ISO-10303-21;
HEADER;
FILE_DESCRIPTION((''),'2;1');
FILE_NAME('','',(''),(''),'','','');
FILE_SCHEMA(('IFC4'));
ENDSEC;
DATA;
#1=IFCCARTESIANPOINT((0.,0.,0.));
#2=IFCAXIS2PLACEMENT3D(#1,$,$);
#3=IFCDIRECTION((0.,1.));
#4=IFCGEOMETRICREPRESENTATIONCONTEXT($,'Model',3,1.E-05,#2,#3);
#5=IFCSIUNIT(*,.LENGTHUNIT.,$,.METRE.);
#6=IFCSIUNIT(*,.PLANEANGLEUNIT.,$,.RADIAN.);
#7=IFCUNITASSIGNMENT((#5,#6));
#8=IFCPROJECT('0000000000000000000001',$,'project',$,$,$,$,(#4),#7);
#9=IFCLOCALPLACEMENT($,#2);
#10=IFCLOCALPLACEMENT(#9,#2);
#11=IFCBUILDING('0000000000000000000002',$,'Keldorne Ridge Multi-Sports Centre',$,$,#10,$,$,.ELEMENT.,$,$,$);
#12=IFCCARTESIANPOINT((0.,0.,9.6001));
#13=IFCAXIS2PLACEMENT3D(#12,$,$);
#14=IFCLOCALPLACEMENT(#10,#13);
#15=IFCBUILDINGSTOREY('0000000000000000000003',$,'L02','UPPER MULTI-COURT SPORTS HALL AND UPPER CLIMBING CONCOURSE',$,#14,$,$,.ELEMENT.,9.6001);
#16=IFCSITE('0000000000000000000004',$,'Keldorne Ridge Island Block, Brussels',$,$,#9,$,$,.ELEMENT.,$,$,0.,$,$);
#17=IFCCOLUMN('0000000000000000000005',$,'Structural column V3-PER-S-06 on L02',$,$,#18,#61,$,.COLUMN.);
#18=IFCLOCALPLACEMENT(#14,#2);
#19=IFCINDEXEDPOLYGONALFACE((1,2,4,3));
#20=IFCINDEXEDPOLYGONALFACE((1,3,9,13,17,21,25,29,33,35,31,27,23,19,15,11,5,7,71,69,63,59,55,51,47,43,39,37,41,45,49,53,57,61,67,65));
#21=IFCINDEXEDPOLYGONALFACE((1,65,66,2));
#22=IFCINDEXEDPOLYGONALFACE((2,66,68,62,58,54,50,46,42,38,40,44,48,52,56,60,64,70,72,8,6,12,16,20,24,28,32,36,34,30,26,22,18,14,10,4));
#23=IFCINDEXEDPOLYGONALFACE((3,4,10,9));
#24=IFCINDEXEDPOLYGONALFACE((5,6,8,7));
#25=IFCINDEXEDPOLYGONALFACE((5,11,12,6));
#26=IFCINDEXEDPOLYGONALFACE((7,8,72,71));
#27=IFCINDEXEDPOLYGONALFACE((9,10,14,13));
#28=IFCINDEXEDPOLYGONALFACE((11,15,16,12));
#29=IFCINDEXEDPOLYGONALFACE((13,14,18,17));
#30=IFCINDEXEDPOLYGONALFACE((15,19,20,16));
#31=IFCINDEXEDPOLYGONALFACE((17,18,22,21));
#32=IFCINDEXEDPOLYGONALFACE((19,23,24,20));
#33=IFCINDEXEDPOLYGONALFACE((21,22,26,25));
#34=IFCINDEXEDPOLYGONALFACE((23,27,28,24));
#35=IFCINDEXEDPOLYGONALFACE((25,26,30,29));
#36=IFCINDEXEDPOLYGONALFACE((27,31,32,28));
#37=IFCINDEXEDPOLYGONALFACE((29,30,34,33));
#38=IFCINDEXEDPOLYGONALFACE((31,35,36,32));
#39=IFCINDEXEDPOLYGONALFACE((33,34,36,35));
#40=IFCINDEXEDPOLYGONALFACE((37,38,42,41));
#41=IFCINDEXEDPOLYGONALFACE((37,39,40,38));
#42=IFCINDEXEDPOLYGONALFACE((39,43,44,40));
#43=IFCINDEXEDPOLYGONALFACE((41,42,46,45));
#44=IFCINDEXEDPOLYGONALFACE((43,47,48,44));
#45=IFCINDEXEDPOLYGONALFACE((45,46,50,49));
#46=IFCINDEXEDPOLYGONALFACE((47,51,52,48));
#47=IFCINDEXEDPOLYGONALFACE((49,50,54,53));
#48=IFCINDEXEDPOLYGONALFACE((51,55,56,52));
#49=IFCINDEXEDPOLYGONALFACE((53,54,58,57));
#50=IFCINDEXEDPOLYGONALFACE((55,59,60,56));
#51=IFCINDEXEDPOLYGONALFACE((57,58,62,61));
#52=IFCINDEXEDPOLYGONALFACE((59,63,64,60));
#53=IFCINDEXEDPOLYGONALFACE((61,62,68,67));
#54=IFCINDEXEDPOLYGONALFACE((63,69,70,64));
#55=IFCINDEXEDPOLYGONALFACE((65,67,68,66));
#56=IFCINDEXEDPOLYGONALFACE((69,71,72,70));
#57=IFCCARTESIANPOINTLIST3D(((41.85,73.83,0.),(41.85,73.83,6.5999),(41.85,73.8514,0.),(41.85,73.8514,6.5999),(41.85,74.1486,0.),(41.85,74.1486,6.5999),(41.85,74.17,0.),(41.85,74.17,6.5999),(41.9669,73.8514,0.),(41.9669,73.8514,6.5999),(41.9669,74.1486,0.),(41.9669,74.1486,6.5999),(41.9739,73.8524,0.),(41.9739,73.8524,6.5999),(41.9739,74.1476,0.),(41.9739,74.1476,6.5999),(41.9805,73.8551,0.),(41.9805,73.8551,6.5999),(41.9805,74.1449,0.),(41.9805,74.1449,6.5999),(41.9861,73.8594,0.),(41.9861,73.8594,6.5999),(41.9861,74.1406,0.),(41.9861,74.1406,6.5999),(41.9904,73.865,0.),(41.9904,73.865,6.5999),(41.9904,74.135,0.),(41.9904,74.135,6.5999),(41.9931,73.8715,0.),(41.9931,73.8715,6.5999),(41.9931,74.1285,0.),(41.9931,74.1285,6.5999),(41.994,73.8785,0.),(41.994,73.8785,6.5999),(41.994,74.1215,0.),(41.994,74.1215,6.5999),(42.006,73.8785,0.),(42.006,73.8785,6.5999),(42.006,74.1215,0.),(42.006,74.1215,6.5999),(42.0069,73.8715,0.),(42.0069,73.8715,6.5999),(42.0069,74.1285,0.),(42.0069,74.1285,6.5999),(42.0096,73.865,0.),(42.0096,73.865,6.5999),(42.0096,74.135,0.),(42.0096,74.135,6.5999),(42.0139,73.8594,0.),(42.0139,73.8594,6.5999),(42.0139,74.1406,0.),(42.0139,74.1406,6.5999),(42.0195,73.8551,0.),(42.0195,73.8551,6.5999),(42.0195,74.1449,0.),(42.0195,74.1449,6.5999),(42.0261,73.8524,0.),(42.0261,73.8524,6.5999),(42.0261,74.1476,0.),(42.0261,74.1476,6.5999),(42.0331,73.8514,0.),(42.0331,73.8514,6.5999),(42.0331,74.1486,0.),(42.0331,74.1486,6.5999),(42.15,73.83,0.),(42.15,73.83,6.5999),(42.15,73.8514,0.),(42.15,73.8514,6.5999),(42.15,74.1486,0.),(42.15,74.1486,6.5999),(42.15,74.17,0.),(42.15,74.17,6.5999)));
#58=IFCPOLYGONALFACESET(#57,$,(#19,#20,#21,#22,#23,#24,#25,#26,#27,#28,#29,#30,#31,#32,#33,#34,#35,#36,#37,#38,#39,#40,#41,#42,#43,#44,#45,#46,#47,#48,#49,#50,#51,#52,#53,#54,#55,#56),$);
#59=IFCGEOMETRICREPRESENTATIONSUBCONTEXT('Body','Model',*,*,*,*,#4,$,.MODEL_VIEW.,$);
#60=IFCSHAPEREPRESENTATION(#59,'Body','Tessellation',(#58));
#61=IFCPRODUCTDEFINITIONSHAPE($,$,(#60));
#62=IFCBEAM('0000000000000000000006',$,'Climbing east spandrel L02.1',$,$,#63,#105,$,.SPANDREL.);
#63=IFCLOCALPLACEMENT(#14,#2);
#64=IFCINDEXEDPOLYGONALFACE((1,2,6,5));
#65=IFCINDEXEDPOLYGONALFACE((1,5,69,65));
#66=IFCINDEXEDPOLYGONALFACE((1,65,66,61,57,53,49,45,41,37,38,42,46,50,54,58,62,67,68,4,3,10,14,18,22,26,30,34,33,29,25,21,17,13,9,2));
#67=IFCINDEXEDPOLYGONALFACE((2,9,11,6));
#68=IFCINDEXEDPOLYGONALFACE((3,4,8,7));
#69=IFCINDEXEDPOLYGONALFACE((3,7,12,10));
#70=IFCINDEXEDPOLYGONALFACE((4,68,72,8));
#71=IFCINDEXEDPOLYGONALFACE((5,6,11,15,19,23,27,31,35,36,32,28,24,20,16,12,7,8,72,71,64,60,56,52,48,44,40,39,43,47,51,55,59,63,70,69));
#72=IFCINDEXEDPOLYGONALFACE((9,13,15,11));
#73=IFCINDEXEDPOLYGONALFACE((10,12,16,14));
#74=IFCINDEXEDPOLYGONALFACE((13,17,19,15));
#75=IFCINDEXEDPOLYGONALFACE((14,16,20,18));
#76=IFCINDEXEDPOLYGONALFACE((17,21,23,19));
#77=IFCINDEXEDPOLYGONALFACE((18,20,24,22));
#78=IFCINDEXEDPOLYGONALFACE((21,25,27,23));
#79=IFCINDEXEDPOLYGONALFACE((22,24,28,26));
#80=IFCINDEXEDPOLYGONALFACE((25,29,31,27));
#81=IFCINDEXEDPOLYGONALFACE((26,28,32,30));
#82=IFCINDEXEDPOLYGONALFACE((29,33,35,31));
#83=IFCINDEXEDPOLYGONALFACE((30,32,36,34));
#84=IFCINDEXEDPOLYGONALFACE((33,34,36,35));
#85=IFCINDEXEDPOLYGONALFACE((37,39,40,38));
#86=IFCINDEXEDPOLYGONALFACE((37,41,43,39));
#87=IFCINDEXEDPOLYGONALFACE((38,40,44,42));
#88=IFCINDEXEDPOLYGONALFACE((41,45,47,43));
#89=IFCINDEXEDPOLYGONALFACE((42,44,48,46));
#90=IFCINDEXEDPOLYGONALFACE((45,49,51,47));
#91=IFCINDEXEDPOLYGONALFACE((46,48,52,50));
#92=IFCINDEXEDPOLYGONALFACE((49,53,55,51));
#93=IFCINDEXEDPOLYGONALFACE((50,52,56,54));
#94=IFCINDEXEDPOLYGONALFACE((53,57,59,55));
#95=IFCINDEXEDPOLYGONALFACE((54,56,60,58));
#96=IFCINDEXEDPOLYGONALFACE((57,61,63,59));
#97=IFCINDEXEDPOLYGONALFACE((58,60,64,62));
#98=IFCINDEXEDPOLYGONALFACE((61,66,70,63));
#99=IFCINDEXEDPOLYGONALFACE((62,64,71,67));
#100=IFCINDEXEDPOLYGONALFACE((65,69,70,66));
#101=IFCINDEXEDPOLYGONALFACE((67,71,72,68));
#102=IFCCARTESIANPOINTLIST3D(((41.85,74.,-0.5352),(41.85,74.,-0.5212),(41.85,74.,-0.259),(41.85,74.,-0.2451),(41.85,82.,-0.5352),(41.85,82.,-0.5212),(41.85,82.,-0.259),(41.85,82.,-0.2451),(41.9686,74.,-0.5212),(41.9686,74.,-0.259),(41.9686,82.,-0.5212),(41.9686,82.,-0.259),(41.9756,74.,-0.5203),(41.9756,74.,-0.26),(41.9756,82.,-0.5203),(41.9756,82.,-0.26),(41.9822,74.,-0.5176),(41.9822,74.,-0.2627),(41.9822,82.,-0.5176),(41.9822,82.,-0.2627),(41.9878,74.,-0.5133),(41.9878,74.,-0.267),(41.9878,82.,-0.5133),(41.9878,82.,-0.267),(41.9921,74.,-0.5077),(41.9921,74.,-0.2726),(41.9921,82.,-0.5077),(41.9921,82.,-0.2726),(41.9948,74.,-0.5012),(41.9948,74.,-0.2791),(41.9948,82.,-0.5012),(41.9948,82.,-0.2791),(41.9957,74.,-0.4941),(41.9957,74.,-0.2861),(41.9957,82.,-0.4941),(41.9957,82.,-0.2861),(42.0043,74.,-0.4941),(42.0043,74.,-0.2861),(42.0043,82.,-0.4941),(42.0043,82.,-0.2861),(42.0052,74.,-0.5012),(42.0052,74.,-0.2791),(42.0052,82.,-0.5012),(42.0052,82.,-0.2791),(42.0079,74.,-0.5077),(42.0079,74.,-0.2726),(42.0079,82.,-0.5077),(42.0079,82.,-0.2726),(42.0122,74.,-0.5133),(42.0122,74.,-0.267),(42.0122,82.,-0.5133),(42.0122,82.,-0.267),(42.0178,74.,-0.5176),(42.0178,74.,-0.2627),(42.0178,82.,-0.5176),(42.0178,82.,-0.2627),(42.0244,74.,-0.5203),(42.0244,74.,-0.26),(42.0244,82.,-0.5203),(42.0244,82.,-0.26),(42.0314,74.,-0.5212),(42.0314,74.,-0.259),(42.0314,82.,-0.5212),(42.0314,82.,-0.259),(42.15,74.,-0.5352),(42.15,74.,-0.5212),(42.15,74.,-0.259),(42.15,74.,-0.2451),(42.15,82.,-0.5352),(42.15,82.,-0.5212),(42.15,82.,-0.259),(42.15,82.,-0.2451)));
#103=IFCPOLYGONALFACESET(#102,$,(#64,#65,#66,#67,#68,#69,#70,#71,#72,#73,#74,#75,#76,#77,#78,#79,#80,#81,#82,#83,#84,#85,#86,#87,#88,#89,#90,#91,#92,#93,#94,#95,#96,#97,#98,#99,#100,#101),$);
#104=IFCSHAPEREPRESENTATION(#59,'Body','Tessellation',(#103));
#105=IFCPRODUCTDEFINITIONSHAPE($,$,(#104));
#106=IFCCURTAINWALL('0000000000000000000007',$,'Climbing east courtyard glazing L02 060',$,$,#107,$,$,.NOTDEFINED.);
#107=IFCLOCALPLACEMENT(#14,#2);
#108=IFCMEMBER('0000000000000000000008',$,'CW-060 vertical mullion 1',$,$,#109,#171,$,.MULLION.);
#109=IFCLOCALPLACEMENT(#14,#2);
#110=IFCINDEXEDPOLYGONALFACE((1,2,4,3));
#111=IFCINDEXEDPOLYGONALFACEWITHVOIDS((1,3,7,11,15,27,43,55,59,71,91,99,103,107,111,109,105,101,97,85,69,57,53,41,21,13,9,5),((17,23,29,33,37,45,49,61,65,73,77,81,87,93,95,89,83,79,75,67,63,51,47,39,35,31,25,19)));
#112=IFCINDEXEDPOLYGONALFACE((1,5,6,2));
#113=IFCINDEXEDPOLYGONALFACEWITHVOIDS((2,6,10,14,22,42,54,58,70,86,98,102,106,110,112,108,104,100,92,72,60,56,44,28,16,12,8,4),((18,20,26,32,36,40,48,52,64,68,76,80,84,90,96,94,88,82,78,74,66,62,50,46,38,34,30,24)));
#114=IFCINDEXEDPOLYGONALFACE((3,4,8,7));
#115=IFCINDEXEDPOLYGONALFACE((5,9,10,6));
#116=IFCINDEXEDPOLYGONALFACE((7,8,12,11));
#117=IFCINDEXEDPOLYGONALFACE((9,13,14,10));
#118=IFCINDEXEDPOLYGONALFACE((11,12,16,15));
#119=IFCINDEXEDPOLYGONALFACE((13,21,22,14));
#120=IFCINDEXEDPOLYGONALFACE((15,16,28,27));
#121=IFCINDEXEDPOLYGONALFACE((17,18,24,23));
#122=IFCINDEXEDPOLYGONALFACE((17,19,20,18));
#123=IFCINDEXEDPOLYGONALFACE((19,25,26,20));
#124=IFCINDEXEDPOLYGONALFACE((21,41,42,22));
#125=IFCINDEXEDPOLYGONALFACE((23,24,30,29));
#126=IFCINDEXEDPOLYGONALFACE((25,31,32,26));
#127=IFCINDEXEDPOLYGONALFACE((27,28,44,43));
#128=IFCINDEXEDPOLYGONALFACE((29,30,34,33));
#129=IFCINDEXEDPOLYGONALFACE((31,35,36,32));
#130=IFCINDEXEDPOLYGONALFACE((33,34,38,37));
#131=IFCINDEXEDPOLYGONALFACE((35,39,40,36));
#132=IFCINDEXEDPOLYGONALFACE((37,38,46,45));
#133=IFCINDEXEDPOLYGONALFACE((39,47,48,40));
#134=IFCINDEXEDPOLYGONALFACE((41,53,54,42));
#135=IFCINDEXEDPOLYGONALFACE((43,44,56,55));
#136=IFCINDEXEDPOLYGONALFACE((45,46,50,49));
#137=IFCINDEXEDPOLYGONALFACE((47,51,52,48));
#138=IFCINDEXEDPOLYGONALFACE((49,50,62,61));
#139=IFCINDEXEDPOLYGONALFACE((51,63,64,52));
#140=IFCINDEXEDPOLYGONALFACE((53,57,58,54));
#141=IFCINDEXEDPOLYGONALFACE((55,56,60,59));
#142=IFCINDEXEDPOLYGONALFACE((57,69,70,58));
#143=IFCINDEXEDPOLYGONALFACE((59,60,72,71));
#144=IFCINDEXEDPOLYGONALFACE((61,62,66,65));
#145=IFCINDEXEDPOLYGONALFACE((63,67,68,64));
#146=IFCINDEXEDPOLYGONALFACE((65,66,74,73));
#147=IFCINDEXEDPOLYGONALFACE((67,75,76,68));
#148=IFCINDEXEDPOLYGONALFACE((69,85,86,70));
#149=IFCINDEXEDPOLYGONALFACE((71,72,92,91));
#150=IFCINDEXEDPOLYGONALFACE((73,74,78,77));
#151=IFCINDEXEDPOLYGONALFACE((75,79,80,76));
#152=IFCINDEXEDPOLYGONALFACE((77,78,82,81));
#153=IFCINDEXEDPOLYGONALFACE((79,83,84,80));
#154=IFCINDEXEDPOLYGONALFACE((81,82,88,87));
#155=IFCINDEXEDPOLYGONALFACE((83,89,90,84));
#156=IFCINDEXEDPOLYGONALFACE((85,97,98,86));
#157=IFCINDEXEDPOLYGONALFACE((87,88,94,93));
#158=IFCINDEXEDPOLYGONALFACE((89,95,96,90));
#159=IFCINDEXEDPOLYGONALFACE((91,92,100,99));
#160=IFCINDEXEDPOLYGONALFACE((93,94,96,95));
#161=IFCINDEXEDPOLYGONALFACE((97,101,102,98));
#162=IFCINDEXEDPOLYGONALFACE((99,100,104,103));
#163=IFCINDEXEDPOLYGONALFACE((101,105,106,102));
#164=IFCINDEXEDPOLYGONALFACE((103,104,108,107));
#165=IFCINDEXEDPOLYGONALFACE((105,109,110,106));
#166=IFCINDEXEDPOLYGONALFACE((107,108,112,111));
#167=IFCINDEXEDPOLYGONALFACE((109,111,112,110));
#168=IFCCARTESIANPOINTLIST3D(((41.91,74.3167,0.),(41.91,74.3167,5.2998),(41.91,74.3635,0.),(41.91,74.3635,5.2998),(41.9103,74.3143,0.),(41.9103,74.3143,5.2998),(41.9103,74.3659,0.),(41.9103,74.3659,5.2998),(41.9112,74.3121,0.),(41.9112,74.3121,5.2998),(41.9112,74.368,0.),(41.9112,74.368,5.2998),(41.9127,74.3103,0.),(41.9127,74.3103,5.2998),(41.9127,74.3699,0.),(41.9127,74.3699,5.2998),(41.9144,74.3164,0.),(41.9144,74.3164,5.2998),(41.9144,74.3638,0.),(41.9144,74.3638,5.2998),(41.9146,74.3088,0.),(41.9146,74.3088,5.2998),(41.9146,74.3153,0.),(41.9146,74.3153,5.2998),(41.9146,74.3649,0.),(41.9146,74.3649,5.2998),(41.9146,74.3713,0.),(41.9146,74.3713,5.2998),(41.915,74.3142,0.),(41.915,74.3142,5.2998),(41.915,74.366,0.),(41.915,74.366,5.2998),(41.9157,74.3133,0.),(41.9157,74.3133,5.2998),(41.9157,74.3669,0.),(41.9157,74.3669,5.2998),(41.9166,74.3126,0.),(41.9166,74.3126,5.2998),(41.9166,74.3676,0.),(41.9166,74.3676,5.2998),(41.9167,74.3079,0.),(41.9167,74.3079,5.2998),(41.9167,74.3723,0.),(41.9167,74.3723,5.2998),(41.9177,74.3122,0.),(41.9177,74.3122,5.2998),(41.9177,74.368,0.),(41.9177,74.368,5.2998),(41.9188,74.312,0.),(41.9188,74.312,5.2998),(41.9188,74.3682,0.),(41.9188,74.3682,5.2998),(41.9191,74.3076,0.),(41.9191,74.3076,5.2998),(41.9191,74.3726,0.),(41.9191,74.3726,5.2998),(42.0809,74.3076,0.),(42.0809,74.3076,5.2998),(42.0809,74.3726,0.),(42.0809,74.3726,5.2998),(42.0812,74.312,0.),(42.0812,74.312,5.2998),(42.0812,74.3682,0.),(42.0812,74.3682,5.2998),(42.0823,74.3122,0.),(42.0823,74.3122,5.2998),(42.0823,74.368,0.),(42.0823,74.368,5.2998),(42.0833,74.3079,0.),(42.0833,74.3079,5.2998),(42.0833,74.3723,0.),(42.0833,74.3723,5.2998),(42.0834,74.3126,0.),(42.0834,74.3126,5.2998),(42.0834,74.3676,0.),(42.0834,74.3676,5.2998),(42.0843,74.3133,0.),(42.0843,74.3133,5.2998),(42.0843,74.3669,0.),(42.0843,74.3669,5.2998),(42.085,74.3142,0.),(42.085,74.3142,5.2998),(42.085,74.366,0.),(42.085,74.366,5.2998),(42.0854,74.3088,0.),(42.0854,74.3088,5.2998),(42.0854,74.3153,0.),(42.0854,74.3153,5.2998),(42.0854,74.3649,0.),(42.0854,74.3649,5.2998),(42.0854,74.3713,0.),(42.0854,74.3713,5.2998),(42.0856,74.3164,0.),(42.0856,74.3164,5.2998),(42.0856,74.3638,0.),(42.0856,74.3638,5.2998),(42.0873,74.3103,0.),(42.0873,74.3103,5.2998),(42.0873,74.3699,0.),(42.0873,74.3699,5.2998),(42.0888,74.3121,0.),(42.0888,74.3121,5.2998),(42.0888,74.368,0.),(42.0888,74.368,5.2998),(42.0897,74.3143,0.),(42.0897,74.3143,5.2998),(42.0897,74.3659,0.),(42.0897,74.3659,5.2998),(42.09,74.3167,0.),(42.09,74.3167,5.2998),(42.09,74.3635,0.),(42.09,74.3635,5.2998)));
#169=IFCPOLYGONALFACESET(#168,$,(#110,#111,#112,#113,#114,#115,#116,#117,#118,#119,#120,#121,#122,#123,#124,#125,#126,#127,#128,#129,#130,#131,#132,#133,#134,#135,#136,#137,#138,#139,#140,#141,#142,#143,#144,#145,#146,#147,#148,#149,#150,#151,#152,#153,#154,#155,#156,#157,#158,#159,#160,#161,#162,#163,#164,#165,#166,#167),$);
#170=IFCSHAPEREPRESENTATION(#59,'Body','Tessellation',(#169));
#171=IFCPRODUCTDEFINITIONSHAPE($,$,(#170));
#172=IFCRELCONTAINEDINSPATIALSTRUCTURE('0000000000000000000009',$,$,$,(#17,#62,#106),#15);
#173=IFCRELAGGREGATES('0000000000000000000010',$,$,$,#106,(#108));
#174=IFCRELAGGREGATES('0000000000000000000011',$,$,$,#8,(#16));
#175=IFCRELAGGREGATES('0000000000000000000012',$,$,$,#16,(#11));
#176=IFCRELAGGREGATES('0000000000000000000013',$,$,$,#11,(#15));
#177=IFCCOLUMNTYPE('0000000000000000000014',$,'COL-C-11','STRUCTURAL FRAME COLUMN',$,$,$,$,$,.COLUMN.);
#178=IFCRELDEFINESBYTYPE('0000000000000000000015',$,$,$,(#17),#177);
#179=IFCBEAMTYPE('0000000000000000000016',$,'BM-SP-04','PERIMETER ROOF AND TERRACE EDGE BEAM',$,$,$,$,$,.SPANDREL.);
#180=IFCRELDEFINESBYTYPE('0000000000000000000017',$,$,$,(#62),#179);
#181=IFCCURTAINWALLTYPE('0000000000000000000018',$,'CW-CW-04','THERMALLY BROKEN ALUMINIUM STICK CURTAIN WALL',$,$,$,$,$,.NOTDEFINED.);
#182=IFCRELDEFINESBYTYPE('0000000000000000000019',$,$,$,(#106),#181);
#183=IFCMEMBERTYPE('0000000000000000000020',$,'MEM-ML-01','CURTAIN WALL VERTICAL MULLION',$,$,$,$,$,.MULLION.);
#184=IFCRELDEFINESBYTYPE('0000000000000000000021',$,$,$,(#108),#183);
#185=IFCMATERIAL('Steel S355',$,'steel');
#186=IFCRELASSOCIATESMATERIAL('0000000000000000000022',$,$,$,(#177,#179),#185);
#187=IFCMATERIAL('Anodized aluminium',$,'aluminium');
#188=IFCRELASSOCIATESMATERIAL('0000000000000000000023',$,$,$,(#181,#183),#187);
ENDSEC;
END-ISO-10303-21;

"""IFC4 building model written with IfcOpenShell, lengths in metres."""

from ifc_helpers import new_model, si_unit, direction, frame, origin, origin_2d, place, context, subcontext, project, spatial, hollow_rectangle, i_section, extrude, material, material_profile, profile_set, type_object, element, aggregate, save


model = new_model("IFC4")

# Units and contexts
model_context = context("Model", 3, precision=1e-05, world=origin(), true_north=direction((0.0, 1.0)))
body_context = subcontext(model_context, "Body", "Model", "MODEL_VIEW")
ifc_project = project(units=[si_unit("LENGTHUNIT", "METRE"), si_unit("PLANEANGLEUNIT", "RADIAN")], contexts=[model_context])

# Site, building, storey
site_placement = place(None, origin())
site = spatial("IfcSite", under=ifc_project, at=site_placement, Name="Keldorne Ridge Island Block, Brussels", CompositionType="ELEMENT", RefElevation=0.0)
building_placement = place(site_placement, origin())
building = spatial("IfcBuilding", under=site, at=building_placement, Name="Keldorne Ridge Multi-Sports Centre", CompositionType="ELEMENT")
storey_placement = place(building_placement, frame((0.0, 0.0, 9.6001)))
storey = spatial("IfcBuildingStorey", under=building, at=storey_placement, Name="L02", Description="UPPER MULTI-COURT SPORTS HALL AND UPPER CLIMBING CONCOURSE", CompositionType="ELEMENT", Elevation=9.6001)

# Column
ifc_material_1 = material(Name="Steel S355", Category="steel")
ifc_material_profile_1 = material_profile(ifc_material_1, i_section(OverallWidth=0.3, OverallDepth=0.3401, WebThickness=0.012, FlangeThickness=0.0215, FilletRadius=0.0271, at=origin_2d()), Name="HEB 340")
ifc_profile_set_1 = profile_set([ifc_material_profile_1], Name="Steel S355")
column_type = type_object("IfcColumnType", Name="COL-C-11", Description="STRUCTURAL FRAME COLUMN", PredefinedType="COLUMN", material=ifc_profile_set_1)
column_placement = place(storey_placement, frame((42.0, 74.0, 0.0), z_axis=(0.0, 0.0, 1.0), x_axis=(1.0, 0.0, 0.0)))
element("IfcColumn", 1, at=column_placement, inside=storey, type_object=column_type, Name="Structural column V3-PER-S-06 on L02", PredefinedType="COLUMN", context=body_context, shape_type="SweptSolid", body=[
    extrude(i_section(OverallWidth=0.3, OverallDepth=0.3401, WebThickness=0.012, FlangeThickness=0.0215, FilletRadius=0.0271, at=origin_2d()), origin(), (0.0, 0.0, 1.0), 6.5999),
])

# Beam
ifc_material_profile_2 = material_profile(ifc_material_1, i_section(OverallWidth=0.3, OverallDepth=0.29, WebThickness=0.0085, FlangeThickness=0.0139, FilletRadius=0.0271, at=origin_2d()), Name="HEA 300")
ifc_profile_set_2 = profile_set([ifc_material_profile_2], Name="Steel S355")
beam_type = type_object("IfcBeamType", Name="BM-SP-04", Description="PERIMETER ROOF AND TERRACE EDGE BEAM", PredefinedType="SPANDREL", material=ifc_profile_set_2)
beam_placement = place(storey_placement, frame((42.0, 74.0, -0.3901), z_axis=(0.0, 1.0, 0.0), x_axis=(-1.0, 0.0, 0.0)))
element("IfcBeam", 2, at=beam_placement, inside=storey, type_object=beam_type, Name="Climbing east spandrel L02.1", PredefinedType="SPANDREL", context=body_context, shape_type="SweptSolid", body=[
    extrude(i_section(OverallWidth=0.3, OverallDepth=0.29, WebThickness=0.0085, FlangeThickness=0.0139, FilletRadius=0.0271, at=origin_2d()), origin(), (0.0, 0.0, 1.0), 8.0),
])

# Curtain wall, member
ifc_material_2 = material(Name="Anodized aluminium", Category="aluminium")
curtain_wall_type_1 = type_object("IfcCurtainWallType", Name="CW-CW-04", Description="THERMALLY BROKEN ALUMINIUM STICK CURTAIN WALL", PredefinedType="NOTDEFINED", material=ifc_material_2)
curtain_wall_1_placement = place(storey_placement, origin())
curtain_wall_1 = element("IfcCurtainWall", 3, at=curtain_wall_1_placement, inside=storey, type_object=curtain_wall_type_1, Name="Climbing east courtyard glazing L02 060", PredefinedType="NOTDEFINED")
ifc_material_profile_3 = material_profile(ifc_material_2, hollow_rectangle(XDim=0.0649, YDim=0.1799, WallThickness=0.0044, InnerFilletRadius=0.0044, OuterFilletRadius=0.009, at=origin_2d()), Name="ALU MULLION 180x65x4.5")
ifc_profile_set_3 = profile_set([ifc_material_profile_3], Name="Anodized aluminium")
member_type_1 = type_object("IfcMemberType", Name="MEM-ML-01", Description="CURTAIN WALL VERTICAL MULLION", PredefinedType="MULLION", material=ifc_profile_set_3)
member_1_placement = place(storey_placement, frame((42.0, 74.3401, 0.0), z_axis=(0.0, 0.0, 1.0), x_axis=(0.0, 1.0, 0.0)))
member_1 = element("IfcMember", 4, at=member_1_placement, type_object=member_type_1, Name="CW-060 vertical mullion 1", PredefinedType="MULLION", context=body_context, shape_type="SweptSolid", body=[
    extrude(hollow_rectangle(XDim=0.0649, YDim=0.1799, WallThickness=0.0044, InnerFilletRadius=0.0044, OuterFilletRadius=0.009, at=origin_2d()), origin(), (0.0, 0.0, 1.0), 5.2998),
])

aggregate(curtain_wall_1, [member_1])

save(model, "model.ifc")
